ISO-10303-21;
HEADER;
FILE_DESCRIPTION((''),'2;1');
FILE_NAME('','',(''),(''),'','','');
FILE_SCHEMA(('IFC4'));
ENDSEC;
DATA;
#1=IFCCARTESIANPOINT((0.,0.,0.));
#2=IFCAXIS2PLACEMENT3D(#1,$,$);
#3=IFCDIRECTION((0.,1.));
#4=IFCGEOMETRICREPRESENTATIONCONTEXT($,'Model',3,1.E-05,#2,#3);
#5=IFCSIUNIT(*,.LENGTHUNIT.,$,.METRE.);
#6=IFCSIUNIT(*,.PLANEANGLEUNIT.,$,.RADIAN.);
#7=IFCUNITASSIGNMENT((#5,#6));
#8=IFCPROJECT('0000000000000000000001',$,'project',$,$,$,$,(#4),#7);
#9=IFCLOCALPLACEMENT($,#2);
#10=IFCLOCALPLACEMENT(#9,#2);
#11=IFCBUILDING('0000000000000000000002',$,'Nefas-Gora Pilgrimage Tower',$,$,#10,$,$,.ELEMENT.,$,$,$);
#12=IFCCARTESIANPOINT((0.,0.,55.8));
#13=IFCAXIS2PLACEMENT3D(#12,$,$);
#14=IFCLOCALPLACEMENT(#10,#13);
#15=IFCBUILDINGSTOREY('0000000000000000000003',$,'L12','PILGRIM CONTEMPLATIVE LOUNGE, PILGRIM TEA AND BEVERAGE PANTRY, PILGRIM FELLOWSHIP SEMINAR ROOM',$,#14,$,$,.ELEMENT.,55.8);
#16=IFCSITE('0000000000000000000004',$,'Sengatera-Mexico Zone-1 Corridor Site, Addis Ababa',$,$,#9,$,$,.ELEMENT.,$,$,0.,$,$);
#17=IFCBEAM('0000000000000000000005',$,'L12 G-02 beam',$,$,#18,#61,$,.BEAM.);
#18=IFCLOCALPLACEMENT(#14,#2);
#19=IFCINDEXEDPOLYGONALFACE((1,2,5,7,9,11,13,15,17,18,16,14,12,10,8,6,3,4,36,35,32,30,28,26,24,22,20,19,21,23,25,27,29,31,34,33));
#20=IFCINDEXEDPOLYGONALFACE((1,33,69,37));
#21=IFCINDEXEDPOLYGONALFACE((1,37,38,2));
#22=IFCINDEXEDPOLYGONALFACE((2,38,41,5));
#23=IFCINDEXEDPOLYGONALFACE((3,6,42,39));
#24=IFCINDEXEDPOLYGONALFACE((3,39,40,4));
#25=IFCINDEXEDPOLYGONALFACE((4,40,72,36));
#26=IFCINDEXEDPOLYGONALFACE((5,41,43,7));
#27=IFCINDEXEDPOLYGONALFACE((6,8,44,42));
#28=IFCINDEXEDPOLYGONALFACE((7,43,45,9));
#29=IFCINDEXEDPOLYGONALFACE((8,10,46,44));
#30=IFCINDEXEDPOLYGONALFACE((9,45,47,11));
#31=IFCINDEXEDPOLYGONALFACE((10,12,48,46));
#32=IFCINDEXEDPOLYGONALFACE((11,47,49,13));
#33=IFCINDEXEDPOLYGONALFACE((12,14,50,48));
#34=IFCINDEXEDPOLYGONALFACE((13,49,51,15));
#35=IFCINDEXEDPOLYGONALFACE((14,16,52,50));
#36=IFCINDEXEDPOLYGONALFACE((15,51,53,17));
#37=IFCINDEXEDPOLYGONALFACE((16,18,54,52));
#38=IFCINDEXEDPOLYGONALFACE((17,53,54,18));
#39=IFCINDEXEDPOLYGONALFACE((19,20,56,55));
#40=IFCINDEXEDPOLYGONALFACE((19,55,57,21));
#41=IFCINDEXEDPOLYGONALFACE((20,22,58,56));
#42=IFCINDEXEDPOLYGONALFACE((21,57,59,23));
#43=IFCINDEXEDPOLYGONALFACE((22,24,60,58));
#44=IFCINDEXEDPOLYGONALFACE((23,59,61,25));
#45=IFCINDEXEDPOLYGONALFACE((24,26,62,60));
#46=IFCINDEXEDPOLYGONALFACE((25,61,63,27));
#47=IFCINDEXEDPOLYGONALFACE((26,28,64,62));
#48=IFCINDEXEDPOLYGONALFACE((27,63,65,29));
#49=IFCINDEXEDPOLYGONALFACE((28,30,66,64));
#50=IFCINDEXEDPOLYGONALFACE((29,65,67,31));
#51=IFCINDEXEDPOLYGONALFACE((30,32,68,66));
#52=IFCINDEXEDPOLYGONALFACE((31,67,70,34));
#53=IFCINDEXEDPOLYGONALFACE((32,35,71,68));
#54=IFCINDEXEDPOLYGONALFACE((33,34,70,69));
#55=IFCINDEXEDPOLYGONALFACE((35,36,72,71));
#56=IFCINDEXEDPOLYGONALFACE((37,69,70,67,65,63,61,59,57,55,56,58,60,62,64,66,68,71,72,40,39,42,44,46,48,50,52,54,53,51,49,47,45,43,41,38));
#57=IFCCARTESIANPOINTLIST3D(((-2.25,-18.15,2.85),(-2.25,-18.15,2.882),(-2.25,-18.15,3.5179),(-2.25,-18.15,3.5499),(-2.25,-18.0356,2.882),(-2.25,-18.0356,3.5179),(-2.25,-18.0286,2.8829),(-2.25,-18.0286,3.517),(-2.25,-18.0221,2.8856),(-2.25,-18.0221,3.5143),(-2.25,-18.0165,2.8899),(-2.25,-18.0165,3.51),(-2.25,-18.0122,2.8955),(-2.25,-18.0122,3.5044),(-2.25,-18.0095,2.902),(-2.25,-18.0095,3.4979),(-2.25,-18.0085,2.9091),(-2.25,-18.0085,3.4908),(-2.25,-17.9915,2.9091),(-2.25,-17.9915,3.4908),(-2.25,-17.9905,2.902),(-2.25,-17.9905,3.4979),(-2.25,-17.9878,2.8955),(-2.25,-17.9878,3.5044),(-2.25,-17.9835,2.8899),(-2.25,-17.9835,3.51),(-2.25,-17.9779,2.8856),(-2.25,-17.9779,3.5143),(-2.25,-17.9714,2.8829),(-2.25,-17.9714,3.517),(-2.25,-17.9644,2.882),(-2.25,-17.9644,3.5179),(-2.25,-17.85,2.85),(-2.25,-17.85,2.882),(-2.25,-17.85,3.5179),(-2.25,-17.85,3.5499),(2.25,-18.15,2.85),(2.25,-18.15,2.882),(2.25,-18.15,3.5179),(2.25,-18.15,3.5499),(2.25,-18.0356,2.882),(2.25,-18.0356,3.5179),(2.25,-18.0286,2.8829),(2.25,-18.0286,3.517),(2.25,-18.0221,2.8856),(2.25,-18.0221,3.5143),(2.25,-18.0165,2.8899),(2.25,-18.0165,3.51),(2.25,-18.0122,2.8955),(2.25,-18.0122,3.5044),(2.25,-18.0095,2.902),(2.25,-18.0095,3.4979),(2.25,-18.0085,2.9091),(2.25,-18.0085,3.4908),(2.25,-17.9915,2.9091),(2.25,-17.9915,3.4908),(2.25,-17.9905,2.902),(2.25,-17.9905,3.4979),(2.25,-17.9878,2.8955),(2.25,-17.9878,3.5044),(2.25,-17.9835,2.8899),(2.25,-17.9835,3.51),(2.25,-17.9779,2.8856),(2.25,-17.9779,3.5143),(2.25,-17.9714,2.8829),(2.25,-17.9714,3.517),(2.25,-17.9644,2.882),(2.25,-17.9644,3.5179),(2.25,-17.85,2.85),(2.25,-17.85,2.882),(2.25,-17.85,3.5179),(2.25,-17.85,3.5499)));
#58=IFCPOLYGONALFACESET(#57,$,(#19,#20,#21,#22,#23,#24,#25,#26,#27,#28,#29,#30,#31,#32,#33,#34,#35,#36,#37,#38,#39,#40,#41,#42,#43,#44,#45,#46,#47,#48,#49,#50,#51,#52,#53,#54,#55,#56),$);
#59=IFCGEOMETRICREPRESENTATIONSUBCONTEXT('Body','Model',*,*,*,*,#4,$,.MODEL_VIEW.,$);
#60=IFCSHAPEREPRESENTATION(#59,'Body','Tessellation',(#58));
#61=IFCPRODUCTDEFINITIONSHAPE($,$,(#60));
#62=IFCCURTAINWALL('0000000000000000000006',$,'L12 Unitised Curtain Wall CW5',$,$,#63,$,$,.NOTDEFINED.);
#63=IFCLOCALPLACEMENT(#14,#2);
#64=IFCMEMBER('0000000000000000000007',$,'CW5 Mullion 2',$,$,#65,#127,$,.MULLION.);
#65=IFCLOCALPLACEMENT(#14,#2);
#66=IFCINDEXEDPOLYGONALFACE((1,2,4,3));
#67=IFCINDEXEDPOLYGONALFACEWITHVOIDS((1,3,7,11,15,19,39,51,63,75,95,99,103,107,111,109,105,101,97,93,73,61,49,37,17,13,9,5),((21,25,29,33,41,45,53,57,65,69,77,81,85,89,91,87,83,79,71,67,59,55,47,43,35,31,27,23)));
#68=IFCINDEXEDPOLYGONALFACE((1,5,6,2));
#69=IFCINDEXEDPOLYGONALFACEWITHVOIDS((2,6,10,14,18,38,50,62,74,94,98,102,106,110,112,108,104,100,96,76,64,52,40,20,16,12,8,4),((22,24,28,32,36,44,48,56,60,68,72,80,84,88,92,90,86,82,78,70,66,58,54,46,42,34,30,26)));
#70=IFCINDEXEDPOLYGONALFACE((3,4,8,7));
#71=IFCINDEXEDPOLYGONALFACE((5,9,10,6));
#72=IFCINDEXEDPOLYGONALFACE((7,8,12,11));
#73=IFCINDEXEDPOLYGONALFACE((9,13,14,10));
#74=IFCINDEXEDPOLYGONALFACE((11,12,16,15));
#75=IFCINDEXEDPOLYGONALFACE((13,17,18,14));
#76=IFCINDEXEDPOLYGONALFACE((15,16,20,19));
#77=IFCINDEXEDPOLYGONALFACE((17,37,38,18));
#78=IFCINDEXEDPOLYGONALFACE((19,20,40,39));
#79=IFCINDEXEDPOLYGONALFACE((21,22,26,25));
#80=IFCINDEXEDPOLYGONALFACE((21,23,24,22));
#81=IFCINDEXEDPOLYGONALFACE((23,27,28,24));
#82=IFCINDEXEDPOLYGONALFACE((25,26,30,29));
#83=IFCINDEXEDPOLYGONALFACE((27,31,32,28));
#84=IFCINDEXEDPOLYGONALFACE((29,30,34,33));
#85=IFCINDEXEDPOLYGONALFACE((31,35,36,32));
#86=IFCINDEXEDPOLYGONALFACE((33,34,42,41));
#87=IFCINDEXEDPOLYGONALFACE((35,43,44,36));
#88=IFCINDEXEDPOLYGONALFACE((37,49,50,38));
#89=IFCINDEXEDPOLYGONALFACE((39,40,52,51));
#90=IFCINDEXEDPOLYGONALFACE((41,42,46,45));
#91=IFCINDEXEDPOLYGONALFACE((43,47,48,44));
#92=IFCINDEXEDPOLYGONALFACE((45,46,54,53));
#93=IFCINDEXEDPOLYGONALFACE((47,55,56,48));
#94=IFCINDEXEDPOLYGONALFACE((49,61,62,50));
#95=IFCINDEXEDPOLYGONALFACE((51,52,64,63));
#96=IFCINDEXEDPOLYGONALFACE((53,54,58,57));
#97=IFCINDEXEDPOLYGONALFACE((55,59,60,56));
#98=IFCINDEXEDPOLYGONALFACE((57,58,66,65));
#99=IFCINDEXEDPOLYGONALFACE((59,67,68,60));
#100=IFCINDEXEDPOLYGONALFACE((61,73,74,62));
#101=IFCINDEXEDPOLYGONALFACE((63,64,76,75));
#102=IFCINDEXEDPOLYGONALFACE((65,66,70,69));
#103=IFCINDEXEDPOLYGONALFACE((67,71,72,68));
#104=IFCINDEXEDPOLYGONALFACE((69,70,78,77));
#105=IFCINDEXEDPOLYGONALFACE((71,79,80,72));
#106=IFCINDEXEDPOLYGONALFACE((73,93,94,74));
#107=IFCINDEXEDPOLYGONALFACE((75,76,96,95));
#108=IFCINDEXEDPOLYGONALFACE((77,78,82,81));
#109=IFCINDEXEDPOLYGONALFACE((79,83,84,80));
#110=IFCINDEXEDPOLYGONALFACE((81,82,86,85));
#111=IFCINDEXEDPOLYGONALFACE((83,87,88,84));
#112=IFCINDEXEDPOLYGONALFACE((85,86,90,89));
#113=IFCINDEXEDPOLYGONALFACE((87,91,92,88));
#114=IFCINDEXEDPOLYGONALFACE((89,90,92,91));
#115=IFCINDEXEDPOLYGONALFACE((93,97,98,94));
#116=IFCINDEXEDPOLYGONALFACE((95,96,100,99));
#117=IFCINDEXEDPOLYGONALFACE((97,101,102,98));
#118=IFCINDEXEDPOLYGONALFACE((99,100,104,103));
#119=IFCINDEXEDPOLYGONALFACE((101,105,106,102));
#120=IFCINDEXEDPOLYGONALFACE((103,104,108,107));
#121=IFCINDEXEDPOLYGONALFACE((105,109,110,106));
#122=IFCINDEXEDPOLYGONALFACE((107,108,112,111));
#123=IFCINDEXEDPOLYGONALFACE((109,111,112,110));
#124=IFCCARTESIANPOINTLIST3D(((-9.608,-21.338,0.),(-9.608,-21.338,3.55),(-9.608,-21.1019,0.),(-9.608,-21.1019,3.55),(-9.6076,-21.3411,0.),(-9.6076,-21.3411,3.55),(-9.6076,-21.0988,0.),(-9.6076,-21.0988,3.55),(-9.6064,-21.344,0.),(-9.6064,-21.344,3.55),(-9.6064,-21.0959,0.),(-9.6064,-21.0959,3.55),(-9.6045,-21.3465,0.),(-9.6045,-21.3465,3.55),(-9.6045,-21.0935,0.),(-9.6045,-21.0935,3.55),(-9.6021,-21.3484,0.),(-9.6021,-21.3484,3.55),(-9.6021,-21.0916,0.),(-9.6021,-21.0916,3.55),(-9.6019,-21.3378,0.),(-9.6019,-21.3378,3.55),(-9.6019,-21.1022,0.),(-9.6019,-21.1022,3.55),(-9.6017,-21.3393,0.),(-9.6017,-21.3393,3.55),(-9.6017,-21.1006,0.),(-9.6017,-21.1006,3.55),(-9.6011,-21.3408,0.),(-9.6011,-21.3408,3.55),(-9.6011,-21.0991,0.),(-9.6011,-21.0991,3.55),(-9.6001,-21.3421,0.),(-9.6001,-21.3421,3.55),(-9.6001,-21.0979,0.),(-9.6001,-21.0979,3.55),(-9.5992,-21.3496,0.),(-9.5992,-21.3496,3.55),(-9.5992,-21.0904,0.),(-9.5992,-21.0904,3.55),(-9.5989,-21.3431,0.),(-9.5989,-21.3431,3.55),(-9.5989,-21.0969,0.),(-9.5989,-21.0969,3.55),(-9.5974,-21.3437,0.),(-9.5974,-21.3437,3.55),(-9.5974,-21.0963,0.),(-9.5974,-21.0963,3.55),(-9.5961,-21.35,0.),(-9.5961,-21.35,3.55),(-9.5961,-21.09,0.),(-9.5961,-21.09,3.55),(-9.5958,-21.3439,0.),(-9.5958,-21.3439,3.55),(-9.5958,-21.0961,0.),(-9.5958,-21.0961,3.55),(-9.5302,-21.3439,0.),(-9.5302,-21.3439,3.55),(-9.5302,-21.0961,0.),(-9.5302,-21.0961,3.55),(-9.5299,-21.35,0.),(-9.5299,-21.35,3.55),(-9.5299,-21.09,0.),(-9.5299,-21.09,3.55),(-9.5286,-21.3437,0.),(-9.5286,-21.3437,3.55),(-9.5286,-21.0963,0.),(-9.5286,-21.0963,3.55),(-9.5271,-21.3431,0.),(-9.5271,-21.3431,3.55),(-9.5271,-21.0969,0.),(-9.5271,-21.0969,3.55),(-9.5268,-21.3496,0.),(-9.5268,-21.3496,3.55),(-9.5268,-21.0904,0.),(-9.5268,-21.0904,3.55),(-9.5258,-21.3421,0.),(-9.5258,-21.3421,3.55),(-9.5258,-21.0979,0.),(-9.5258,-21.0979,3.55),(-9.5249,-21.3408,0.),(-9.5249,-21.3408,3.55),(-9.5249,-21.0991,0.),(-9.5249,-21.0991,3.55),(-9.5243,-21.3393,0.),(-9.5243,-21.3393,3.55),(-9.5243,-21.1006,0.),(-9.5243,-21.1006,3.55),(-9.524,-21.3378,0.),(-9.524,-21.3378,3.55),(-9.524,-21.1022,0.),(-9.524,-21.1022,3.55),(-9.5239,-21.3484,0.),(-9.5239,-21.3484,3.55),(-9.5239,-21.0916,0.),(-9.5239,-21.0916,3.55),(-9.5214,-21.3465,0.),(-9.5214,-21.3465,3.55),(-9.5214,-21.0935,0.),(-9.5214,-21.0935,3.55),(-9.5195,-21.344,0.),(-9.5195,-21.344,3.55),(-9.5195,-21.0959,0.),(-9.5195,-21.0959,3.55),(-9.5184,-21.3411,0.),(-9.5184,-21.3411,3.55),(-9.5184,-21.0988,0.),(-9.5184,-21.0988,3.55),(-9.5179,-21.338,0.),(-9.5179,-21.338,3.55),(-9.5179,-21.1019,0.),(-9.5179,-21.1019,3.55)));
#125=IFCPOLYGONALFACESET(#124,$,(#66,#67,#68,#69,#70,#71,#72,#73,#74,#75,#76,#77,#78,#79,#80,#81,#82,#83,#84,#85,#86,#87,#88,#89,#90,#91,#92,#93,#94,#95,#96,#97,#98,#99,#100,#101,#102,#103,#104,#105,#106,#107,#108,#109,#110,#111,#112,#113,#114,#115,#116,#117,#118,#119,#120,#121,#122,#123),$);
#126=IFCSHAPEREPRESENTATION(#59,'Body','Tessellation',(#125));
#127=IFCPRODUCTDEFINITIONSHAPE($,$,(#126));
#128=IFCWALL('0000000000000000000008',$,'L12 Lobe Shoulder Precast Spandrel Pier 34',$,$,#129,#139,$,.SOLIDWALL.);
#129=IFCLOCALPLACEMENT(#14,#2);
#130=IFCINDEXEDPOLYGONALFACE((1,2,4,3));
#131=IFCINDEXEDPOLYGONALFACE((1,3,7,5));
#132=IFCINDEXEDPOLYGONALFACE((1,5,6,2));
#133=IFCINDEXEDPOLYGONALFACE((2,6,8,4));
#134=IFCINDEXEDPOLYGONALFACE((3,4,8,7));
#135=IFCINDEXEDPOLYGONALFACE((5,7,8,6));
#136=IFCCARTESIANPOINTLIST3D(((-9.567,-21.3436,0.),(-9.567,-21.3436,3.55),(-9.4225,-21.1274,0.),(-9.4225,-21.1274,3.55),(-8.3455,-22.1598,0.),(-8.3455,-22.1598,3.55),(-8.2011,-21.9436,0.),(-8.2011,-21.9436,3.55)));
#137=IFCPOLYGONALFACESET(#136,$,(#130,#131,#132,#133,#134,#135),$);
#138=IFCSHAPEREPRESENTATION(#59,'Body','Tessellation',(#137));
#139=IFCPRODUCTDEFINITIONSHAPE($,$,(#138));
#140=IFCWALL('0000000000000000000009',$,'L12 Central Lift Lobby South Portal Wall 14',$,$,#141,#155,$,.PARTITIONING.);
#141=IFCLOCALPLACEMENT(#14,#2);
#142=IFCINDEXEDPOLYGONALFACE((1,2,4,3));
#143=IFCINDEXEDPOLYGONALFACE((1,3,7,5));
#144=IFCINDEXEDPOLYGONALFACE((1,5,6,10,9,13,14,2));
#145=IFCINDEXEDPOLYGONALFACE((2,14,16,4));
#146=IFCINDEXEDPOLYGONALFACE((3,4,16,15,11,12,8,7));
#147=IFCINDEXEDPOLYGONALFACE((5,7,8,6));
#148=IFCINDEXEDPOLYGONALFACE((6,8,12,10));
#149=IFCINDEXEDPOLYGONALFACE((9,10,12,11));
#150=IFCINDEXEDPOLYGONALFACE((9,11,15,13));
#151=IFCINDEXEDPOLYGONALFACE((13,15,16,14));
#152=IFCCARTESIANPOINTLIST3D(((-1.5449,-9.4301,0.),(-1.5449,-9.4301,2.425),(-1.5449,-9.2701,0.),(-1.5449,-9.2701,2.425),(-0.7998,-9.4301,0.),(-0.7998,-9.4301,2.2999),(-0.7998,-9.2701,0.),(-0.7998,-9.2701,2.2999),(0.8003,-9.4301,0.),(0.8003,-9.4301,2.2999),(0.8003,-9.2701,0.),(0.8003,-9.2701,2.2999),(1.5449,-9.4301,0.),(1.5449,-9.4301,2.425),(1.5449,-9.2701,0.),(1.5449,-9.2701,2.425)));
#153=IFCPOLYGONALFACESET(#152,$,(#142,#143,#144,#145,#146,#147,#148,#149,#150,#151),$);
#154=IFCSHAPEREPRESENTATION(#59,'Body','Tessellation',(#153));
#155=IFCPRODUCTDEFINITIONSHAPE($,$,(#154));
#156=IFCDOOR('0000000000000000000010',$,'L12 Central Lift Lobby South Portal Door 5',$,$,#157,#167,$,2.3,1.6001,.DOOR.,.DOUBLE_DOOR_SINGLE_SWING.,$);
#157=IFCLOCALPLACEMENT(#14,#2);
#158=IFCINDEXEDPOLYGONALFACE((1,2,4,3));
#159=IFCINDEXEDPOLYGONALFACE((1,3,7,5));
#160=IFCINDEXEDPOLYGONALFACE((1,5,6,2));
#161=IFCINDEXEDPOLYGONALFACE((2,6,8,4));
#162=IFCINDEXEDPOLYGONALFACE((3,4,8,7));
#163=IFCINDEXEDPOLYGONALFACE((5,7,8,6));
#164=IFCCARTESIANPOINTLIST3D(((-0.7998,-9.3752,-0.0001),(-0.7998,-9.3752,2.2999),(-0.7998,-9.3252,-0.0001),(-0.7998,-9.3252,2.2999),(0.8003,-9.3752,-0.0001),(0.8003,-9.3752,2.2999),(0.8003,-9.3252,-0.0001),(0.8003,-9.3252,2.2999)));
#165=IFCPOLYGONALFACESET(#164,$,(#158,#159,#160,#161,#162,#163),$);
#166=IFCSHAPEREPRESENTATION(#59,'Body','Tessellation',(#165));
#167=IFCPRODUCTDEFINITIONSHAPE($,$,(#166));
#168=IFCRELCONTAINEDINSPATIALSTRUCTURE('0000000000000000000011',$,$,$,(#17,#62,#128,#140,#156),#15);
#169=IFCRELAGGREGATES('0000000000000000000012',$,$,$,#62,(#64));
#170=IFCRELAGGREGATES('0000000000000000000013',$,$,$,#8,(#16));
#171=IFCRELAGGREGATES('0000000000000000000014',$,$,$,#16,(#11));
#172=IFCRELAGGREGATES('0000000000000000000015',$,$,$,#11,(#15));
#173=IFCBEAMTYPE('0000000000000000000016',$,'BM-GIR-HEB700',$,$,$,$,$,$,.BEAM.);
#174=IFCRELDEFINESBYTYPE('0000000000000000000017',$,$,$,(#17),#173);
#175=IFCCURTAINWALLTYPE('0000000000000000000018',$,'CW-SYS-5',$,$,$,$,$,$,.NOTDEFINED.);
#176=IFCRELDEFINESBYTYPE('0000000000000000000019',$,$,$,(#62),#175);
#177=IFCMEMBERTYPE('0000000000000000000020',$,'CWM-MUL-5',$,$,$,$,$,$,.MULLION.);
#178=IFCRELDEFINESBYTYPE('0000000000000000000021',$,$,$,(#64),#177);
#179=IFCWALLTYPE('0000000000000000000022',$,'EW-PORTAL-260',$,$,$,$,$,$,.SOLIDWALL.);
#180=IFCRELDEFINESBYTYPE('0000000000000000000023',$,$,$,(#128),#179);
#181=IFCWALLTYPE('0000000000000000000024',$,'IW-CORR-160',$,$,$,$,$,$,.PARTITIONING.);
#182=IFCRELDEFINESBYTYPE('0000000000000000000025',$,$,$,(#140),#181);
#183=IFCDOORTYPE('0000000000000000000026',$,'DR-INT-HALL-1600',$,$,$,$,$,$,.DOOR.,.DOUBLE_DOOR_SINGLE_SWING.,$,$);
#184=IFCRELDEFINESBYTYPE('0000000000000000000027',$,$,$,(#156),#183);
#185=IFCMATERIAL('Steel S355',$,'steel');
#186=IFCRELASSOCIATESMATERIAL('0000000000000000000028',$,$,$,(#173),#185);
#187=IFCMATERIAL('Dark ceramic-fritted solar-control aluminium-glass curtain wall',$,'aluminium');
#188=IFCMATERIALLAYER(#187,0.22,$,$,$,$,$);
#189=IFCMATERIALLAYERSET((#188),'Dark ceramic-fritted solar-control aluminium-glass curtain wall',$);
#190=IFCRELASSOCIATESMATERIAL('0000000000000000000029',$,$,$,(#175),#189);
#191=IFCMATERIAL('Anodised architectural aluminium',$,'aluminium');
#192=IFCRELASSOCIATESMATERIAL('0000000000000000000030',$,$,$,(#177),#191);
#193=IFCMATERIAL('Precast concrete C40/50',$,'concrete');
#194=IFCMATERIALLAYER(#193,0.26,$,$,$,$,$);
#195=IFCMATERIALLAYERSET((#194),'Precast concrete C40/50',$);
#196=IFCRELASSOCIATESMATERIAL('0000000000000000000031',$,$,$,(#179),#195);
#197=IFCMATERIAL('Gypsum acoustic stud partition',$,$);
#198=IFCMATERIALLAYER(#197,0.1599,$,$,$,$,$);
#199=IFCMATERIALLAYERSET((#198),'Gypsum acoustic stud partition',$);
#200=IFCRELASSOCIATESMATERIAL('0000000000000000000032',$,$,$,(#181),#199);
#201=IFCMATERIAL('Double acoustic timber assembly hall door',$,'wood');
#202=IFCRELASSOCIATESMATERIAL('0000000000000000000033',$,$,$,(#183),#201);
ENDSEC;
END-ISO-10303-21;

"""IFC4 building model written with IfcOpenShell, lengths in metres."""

from ifc_helpers import new_model, si_unit, direction, frame, frame_2d, origin, origin_2d, place, context, subcontext, project, spatial, rectangle, hollow_rectangle, i_section, extrude, source, transform, mapped, material, layer, layer_set, material_profile, profile_set, type_object, element, fill, aggregate, save


model = new_model("IFC4")

# Units and contexts
model_context = context("Model", 3, precision=1e-05, world=origin(), true_north=direction((0.0, 1.0)))
body_context = subcontext(model_context, "Body", "Model", "MODEL_VIEW")
ifc_project = project(units=[si_unit("LENGTHUNIT", "METRE"), si_unit("PLANEANGLEUNIT", "RADIAN")], contexts=[model_context])

# Site, building, storey
site_placement = place(None, origin())
site = spatial("IfcSite", under=ifc_project, at=site_placement, Name="Sengatera-Mexico Zone-1 Corridor Site, Addis Ababa", CompositionType="ELEMENT", RefElevation=0.0)
building_placement = place(site_placement, origin())
building = spatial("IfcBuilding", under=site, at=building_placement, Name="Nefas-Gora Pilgrimage Tower", CompositionType="ELEMENT")
storey_placement = place(building_placement, frame((0.0, 0.0, 55.8)))
storey = spatial("IfcBuildingStorey", under=building, at=storey_placement, Name="L12", Description="PILGRIM CONTEMPLATIVE LOUNGE, PILGRIM TEA AND BEVERAGE PANTRY, PILGRIM FELLOWSHIP SEMINAR ROOM", CompositionType="ELEMENT", Elevation=55.8)

# Beam
ifc_material_1 = material(Name="Steel S355", Category="steel")
ifc_material_profile_1 = material_profile(ifc_material_1, i_section(OverallWidth=0.3, OverallDepth=0.7, WebThickness=0.0171, FlangeThickness=0.032, FilletRadius=0.0271, at=origin_2d()), Name="HEB 700")
ifc_profile_set_1 = profile_set([ifc_material_profile_1], Name="Steel S355")
beam_type_1 = type_object("IfcBeamType", Name="BM-GIR-HEB700", PredefinedType="BEAM", material=ifc_profile_set_1)
shared_shape_1 = source(origin(), body_context, "Body", "SweptSolid", [
    extrude(i_section(OverallWidth=0.3, OverallDepth=0.7, WebThickness=0.0171, FlangeThickness=0.032, FilletRadius=0.0271, at=origin_2d()), origin(), (0.0, 0.0, 1.0), 4.5),
])
for number, where, z_axis, x_axis, name in (
    (1, (-2.25, -18.0, 3.2), (1.0, 0.0, 0.0), (0.0, 1.0, 0.0), "L12 G-02 beam"),
):
    element("IfcBeam", number, at=place(storey_placement, frame(where, z_axis=z_axis, x_axis=x_axis)), inside=storey, type_object=beam_type_1, Name=name, PredefinedType="BEAM", context=body_context, shape_type="MappedRepresentation", body=[
        mapped(shared_shape_1, transform((0.0, 0.0, 0.0), x_axis=(1.0, 0.0, 0.0), y_axis=(0.0, 1.0, 0.0), z_axis=(0.0, 0.0, 1.0), scale=1.0)),
    ])

# Curtain wall, member
ifc_material_2 = material(Name="Dark ceramic-fritted solar-control aluminium-glass curtain wall", Category="aluminium")
ifc_layer_1 = layer(ifc_material_2, 0.22)
ifc_layer_set_1 = layer_set([ifc_layer_1], Name="Dark ceramic-fritted solar-control aluminium-glass curtain wall")
curtain_wall_type = type_object("IfcCurtainWallType", Name="CW-SYS-5", PredefinedType="NOTDEFINED", material=ifc_layer_set_1)
curtain_wall_placement = place(storey_placement, origin())
curtain_wall = element("IfcCurtainWall", 2, at=curtain_wall_placement, inside=storey, type_object=curtain_wall_type, Name="L12 Unitised Curtain Wall CW5", PredefinedType="NOTDEFINED")
ifc_material_3 = material(Name="Anodised architectural aluminium", Category="aluminium")
ifc_material_profile_2 = material_profile(ifc_material_3, hollow_rectangle(XDim=0.0901, YDim=0.26, WallThickness=0.0061, InnerFilletRadius=0.0061, OuterFilletRadius=0.012, at=origin_2d()), Name="ALU MULLION 90x260")
ifc_profile_set_2 = profile_set([ifc_material_profile_2], Name="Anodised architectural aluminium")
member_type = type_object("IfcMemberType", Name="CWM-MUL-5", PredefinedType="MULLION", material=ifc_profile_set_2)
shared_shape_2 = source(origin(), body_context, "Body", "SweptSolid", [
    extrude(hollow_rectangle(XDim=0.0901, YDim=0.26, WallThickness=0.0061, InnerFilletRadius=0.0061, OuterFilletRadius=0.012, at=origin_2d()), origin(), (0.0, 0.0, 1.0), 3.55),
])
member_placement = place(storey_placement, frame((-9.563, -21.22, 0.0), z_axis=(0.0, 0.0, 1.0), x_axis=(1.0, 0.0, 0.0)))
member = element("IfcMember", 3, at=member_placement, type_object=member_type, Name="CW5 Mullion 2", PredefinedType="MULLION", context=body_context, shape_type="MappedRepresentation", body=[
    mapped(shared_shape_2, transform((0.0, 0.0, 0.0), x_axis=(1.0, 0.0, 0.0), y_axis=(0.0, 1.0, 0.0), z_axis=(0.0, 0.0, 1.0), scale=1.0)),
])
aggregate(curtain_wall, [member])

# Wall
ifc_material_4 = material(Name="Precast concrete C40/50", Category="concrete")
ifc_layer_2 = layer(ifc_material_4, 0.26)
ifc_layer_set_2 = layer_set([ifc_layer_2], Name="Precast concrete C40/50")
wall_type_1 = type_object("IfcWallType", Name="EW-PORTAL-260", PredefinedType="SOLIDWALL", material=ifc_layer_set_2)
shared_shape_3 = source(origin(), body_context, "Body", "SweptSolid", [
    extrude(rectangle(XDim=1.469, YDim=0.26, at=frame_2d((0.7344, 0.0))), origin(), (0.0, 0.0, 1.0), 3.55),
])
wall_1_placement = place(storey_placement, frame((-9.4946, -21.2356, 0.0), z_axis=(0.0, 0.0, 1.0), x_axis=(0.831462, -0.555582, 0.0)))
element("IfcWall", 4, at=wall_1_placement, inside=storey, type_object=wall_type_1, Name="L12 Lobe Shoulder Precast Spandrel Pier 34", PredefinedType="SOLIDWALL", context=body_context, shape_type="MappedRepresentation", body=[
    mapped(shared_shape_3, transform((0.0, 0.0, 0.0), x_axis=(1.0, 0.0, 0.0), y_axis=(0.0, 1.0, 0.0), z_axis=(0.0, 0.0, 1.0), scale=1.0)),
])

# Wall, opening, door
ifc_material_5 = material(Name="Gypsum acoustic stud partition")
ifc_layer_3 = layer(ifc_material_5, 0.1599)
ifc_layer_set_3 = layer_set([ifc_layer_3], Name="Gypsum acoustic stud partition")
wall_type_2 = type_object("IfcWallType", Name="IW-CORR-160", PredefinedType="PARTITIONING", material=ifc_layer_set_3)
shared_shape_4 = source(origin(), body_context, "Body", "SweptSolid", [
    extrude(rectangle(XDim=3.0898, YDim=0.1599, at=frame_2d((1.5449, 0.0))), origin(), (0.0, 0.0, 1.0), 2.425),
])
wall_2_placement = place(storey_placement, frame((-1.5449, -9.3501, 0.0), z_axis=(0.0, 0.0, 1.0), x_axis=(1.0, 0.0, 0.0)))
wall_2 = element("IfcWall", 5, at=wall_2_placement, inside=storey, type_object=wall_type_2, Name="L12 Central Lift Lobby South Portal Wall 14", PredefinedType="PARTITIONING", context=body_context, shape_type="MappedRepresentation", body=[
    mapped(shared_shape_4, transform((0.0, 0.0, 0.0), x_axis=(1.0, 0.0, 0.0), y_axis=(0.0, 1.0, 0.0), z_axis=(0.0, 0.0, 1.0), scale=1.0)),
])
opening_1_placement = place(wall_2_placement, frame((0.7451, 0.0, 0.0)))
opening_1 = element("IfcOpeningElement", 6, at=opening_1_placement, cuts=wall_2, PredefinedType="OPENING", context=body_context, shape_type="SweptSolid", body=[
    extrude(rectangle(XDim=1.6001, YDim=2.3, at=frame_2d((0.8, 1.1499))), frame((0.0, 0.0898, 0.0), z_axis=(0.0, -1.0, 0.0), x_axis=(1.0, 0.0, 0.0)), (0.0, 0.0, 1.0), 0.1799),
])
ifc_material_6 = material(Name="Double acoustic timber assembly hall door", Category="wood")
door_type_1 = type_object("IfcDoorType", Name="DR-INT-HALL-1600", OperationType="DOUBLE_DOOR_SINGLE_SWING", PredefinedType="DOOR", material=ifc_material_6)
shared_shape_5 = source(origin(), body_context, "Body", "SweptSolid", [
    extrude(rectangle(XDim=1.6001, YDim=2.3, at=frame_2d((0.8, 1.1499))), frame((0.0, 0.0249, 0.0), z_axis=(0.0, -1.0, 0.0), x_axis=(1.0, 0.0, 0.0)), (0.0, 0.0, 1.0), 0.05),
])
door_1_placement = place(opening_1_placement, origin())
door_1 = element("IfcDoor", 7, at=door_1_placement, inside=storey, type_object=door_type_1, Name="L12 Central Lift Lobby South Portal Door 5", OperationType="DOUBLE_DOOR_SINGLE_SWING", OverallHeight=2.3, OverallWidth=1.6001, PredefinedType="DOOR", context=body_context, shape_type="MappedRepresentation", body=[
    mapped(shared_shape_5, transform((0.0, 0.0, 0.0), x_axis=(1.0, 0.0, 0.0), y_axis=(0.0, 1.0, 0.0), z_axis=(0.0, 0.0, 1.0), scale=1.0)),
])
fill(opening_1, door_1)

save(model, "model.ifc")
